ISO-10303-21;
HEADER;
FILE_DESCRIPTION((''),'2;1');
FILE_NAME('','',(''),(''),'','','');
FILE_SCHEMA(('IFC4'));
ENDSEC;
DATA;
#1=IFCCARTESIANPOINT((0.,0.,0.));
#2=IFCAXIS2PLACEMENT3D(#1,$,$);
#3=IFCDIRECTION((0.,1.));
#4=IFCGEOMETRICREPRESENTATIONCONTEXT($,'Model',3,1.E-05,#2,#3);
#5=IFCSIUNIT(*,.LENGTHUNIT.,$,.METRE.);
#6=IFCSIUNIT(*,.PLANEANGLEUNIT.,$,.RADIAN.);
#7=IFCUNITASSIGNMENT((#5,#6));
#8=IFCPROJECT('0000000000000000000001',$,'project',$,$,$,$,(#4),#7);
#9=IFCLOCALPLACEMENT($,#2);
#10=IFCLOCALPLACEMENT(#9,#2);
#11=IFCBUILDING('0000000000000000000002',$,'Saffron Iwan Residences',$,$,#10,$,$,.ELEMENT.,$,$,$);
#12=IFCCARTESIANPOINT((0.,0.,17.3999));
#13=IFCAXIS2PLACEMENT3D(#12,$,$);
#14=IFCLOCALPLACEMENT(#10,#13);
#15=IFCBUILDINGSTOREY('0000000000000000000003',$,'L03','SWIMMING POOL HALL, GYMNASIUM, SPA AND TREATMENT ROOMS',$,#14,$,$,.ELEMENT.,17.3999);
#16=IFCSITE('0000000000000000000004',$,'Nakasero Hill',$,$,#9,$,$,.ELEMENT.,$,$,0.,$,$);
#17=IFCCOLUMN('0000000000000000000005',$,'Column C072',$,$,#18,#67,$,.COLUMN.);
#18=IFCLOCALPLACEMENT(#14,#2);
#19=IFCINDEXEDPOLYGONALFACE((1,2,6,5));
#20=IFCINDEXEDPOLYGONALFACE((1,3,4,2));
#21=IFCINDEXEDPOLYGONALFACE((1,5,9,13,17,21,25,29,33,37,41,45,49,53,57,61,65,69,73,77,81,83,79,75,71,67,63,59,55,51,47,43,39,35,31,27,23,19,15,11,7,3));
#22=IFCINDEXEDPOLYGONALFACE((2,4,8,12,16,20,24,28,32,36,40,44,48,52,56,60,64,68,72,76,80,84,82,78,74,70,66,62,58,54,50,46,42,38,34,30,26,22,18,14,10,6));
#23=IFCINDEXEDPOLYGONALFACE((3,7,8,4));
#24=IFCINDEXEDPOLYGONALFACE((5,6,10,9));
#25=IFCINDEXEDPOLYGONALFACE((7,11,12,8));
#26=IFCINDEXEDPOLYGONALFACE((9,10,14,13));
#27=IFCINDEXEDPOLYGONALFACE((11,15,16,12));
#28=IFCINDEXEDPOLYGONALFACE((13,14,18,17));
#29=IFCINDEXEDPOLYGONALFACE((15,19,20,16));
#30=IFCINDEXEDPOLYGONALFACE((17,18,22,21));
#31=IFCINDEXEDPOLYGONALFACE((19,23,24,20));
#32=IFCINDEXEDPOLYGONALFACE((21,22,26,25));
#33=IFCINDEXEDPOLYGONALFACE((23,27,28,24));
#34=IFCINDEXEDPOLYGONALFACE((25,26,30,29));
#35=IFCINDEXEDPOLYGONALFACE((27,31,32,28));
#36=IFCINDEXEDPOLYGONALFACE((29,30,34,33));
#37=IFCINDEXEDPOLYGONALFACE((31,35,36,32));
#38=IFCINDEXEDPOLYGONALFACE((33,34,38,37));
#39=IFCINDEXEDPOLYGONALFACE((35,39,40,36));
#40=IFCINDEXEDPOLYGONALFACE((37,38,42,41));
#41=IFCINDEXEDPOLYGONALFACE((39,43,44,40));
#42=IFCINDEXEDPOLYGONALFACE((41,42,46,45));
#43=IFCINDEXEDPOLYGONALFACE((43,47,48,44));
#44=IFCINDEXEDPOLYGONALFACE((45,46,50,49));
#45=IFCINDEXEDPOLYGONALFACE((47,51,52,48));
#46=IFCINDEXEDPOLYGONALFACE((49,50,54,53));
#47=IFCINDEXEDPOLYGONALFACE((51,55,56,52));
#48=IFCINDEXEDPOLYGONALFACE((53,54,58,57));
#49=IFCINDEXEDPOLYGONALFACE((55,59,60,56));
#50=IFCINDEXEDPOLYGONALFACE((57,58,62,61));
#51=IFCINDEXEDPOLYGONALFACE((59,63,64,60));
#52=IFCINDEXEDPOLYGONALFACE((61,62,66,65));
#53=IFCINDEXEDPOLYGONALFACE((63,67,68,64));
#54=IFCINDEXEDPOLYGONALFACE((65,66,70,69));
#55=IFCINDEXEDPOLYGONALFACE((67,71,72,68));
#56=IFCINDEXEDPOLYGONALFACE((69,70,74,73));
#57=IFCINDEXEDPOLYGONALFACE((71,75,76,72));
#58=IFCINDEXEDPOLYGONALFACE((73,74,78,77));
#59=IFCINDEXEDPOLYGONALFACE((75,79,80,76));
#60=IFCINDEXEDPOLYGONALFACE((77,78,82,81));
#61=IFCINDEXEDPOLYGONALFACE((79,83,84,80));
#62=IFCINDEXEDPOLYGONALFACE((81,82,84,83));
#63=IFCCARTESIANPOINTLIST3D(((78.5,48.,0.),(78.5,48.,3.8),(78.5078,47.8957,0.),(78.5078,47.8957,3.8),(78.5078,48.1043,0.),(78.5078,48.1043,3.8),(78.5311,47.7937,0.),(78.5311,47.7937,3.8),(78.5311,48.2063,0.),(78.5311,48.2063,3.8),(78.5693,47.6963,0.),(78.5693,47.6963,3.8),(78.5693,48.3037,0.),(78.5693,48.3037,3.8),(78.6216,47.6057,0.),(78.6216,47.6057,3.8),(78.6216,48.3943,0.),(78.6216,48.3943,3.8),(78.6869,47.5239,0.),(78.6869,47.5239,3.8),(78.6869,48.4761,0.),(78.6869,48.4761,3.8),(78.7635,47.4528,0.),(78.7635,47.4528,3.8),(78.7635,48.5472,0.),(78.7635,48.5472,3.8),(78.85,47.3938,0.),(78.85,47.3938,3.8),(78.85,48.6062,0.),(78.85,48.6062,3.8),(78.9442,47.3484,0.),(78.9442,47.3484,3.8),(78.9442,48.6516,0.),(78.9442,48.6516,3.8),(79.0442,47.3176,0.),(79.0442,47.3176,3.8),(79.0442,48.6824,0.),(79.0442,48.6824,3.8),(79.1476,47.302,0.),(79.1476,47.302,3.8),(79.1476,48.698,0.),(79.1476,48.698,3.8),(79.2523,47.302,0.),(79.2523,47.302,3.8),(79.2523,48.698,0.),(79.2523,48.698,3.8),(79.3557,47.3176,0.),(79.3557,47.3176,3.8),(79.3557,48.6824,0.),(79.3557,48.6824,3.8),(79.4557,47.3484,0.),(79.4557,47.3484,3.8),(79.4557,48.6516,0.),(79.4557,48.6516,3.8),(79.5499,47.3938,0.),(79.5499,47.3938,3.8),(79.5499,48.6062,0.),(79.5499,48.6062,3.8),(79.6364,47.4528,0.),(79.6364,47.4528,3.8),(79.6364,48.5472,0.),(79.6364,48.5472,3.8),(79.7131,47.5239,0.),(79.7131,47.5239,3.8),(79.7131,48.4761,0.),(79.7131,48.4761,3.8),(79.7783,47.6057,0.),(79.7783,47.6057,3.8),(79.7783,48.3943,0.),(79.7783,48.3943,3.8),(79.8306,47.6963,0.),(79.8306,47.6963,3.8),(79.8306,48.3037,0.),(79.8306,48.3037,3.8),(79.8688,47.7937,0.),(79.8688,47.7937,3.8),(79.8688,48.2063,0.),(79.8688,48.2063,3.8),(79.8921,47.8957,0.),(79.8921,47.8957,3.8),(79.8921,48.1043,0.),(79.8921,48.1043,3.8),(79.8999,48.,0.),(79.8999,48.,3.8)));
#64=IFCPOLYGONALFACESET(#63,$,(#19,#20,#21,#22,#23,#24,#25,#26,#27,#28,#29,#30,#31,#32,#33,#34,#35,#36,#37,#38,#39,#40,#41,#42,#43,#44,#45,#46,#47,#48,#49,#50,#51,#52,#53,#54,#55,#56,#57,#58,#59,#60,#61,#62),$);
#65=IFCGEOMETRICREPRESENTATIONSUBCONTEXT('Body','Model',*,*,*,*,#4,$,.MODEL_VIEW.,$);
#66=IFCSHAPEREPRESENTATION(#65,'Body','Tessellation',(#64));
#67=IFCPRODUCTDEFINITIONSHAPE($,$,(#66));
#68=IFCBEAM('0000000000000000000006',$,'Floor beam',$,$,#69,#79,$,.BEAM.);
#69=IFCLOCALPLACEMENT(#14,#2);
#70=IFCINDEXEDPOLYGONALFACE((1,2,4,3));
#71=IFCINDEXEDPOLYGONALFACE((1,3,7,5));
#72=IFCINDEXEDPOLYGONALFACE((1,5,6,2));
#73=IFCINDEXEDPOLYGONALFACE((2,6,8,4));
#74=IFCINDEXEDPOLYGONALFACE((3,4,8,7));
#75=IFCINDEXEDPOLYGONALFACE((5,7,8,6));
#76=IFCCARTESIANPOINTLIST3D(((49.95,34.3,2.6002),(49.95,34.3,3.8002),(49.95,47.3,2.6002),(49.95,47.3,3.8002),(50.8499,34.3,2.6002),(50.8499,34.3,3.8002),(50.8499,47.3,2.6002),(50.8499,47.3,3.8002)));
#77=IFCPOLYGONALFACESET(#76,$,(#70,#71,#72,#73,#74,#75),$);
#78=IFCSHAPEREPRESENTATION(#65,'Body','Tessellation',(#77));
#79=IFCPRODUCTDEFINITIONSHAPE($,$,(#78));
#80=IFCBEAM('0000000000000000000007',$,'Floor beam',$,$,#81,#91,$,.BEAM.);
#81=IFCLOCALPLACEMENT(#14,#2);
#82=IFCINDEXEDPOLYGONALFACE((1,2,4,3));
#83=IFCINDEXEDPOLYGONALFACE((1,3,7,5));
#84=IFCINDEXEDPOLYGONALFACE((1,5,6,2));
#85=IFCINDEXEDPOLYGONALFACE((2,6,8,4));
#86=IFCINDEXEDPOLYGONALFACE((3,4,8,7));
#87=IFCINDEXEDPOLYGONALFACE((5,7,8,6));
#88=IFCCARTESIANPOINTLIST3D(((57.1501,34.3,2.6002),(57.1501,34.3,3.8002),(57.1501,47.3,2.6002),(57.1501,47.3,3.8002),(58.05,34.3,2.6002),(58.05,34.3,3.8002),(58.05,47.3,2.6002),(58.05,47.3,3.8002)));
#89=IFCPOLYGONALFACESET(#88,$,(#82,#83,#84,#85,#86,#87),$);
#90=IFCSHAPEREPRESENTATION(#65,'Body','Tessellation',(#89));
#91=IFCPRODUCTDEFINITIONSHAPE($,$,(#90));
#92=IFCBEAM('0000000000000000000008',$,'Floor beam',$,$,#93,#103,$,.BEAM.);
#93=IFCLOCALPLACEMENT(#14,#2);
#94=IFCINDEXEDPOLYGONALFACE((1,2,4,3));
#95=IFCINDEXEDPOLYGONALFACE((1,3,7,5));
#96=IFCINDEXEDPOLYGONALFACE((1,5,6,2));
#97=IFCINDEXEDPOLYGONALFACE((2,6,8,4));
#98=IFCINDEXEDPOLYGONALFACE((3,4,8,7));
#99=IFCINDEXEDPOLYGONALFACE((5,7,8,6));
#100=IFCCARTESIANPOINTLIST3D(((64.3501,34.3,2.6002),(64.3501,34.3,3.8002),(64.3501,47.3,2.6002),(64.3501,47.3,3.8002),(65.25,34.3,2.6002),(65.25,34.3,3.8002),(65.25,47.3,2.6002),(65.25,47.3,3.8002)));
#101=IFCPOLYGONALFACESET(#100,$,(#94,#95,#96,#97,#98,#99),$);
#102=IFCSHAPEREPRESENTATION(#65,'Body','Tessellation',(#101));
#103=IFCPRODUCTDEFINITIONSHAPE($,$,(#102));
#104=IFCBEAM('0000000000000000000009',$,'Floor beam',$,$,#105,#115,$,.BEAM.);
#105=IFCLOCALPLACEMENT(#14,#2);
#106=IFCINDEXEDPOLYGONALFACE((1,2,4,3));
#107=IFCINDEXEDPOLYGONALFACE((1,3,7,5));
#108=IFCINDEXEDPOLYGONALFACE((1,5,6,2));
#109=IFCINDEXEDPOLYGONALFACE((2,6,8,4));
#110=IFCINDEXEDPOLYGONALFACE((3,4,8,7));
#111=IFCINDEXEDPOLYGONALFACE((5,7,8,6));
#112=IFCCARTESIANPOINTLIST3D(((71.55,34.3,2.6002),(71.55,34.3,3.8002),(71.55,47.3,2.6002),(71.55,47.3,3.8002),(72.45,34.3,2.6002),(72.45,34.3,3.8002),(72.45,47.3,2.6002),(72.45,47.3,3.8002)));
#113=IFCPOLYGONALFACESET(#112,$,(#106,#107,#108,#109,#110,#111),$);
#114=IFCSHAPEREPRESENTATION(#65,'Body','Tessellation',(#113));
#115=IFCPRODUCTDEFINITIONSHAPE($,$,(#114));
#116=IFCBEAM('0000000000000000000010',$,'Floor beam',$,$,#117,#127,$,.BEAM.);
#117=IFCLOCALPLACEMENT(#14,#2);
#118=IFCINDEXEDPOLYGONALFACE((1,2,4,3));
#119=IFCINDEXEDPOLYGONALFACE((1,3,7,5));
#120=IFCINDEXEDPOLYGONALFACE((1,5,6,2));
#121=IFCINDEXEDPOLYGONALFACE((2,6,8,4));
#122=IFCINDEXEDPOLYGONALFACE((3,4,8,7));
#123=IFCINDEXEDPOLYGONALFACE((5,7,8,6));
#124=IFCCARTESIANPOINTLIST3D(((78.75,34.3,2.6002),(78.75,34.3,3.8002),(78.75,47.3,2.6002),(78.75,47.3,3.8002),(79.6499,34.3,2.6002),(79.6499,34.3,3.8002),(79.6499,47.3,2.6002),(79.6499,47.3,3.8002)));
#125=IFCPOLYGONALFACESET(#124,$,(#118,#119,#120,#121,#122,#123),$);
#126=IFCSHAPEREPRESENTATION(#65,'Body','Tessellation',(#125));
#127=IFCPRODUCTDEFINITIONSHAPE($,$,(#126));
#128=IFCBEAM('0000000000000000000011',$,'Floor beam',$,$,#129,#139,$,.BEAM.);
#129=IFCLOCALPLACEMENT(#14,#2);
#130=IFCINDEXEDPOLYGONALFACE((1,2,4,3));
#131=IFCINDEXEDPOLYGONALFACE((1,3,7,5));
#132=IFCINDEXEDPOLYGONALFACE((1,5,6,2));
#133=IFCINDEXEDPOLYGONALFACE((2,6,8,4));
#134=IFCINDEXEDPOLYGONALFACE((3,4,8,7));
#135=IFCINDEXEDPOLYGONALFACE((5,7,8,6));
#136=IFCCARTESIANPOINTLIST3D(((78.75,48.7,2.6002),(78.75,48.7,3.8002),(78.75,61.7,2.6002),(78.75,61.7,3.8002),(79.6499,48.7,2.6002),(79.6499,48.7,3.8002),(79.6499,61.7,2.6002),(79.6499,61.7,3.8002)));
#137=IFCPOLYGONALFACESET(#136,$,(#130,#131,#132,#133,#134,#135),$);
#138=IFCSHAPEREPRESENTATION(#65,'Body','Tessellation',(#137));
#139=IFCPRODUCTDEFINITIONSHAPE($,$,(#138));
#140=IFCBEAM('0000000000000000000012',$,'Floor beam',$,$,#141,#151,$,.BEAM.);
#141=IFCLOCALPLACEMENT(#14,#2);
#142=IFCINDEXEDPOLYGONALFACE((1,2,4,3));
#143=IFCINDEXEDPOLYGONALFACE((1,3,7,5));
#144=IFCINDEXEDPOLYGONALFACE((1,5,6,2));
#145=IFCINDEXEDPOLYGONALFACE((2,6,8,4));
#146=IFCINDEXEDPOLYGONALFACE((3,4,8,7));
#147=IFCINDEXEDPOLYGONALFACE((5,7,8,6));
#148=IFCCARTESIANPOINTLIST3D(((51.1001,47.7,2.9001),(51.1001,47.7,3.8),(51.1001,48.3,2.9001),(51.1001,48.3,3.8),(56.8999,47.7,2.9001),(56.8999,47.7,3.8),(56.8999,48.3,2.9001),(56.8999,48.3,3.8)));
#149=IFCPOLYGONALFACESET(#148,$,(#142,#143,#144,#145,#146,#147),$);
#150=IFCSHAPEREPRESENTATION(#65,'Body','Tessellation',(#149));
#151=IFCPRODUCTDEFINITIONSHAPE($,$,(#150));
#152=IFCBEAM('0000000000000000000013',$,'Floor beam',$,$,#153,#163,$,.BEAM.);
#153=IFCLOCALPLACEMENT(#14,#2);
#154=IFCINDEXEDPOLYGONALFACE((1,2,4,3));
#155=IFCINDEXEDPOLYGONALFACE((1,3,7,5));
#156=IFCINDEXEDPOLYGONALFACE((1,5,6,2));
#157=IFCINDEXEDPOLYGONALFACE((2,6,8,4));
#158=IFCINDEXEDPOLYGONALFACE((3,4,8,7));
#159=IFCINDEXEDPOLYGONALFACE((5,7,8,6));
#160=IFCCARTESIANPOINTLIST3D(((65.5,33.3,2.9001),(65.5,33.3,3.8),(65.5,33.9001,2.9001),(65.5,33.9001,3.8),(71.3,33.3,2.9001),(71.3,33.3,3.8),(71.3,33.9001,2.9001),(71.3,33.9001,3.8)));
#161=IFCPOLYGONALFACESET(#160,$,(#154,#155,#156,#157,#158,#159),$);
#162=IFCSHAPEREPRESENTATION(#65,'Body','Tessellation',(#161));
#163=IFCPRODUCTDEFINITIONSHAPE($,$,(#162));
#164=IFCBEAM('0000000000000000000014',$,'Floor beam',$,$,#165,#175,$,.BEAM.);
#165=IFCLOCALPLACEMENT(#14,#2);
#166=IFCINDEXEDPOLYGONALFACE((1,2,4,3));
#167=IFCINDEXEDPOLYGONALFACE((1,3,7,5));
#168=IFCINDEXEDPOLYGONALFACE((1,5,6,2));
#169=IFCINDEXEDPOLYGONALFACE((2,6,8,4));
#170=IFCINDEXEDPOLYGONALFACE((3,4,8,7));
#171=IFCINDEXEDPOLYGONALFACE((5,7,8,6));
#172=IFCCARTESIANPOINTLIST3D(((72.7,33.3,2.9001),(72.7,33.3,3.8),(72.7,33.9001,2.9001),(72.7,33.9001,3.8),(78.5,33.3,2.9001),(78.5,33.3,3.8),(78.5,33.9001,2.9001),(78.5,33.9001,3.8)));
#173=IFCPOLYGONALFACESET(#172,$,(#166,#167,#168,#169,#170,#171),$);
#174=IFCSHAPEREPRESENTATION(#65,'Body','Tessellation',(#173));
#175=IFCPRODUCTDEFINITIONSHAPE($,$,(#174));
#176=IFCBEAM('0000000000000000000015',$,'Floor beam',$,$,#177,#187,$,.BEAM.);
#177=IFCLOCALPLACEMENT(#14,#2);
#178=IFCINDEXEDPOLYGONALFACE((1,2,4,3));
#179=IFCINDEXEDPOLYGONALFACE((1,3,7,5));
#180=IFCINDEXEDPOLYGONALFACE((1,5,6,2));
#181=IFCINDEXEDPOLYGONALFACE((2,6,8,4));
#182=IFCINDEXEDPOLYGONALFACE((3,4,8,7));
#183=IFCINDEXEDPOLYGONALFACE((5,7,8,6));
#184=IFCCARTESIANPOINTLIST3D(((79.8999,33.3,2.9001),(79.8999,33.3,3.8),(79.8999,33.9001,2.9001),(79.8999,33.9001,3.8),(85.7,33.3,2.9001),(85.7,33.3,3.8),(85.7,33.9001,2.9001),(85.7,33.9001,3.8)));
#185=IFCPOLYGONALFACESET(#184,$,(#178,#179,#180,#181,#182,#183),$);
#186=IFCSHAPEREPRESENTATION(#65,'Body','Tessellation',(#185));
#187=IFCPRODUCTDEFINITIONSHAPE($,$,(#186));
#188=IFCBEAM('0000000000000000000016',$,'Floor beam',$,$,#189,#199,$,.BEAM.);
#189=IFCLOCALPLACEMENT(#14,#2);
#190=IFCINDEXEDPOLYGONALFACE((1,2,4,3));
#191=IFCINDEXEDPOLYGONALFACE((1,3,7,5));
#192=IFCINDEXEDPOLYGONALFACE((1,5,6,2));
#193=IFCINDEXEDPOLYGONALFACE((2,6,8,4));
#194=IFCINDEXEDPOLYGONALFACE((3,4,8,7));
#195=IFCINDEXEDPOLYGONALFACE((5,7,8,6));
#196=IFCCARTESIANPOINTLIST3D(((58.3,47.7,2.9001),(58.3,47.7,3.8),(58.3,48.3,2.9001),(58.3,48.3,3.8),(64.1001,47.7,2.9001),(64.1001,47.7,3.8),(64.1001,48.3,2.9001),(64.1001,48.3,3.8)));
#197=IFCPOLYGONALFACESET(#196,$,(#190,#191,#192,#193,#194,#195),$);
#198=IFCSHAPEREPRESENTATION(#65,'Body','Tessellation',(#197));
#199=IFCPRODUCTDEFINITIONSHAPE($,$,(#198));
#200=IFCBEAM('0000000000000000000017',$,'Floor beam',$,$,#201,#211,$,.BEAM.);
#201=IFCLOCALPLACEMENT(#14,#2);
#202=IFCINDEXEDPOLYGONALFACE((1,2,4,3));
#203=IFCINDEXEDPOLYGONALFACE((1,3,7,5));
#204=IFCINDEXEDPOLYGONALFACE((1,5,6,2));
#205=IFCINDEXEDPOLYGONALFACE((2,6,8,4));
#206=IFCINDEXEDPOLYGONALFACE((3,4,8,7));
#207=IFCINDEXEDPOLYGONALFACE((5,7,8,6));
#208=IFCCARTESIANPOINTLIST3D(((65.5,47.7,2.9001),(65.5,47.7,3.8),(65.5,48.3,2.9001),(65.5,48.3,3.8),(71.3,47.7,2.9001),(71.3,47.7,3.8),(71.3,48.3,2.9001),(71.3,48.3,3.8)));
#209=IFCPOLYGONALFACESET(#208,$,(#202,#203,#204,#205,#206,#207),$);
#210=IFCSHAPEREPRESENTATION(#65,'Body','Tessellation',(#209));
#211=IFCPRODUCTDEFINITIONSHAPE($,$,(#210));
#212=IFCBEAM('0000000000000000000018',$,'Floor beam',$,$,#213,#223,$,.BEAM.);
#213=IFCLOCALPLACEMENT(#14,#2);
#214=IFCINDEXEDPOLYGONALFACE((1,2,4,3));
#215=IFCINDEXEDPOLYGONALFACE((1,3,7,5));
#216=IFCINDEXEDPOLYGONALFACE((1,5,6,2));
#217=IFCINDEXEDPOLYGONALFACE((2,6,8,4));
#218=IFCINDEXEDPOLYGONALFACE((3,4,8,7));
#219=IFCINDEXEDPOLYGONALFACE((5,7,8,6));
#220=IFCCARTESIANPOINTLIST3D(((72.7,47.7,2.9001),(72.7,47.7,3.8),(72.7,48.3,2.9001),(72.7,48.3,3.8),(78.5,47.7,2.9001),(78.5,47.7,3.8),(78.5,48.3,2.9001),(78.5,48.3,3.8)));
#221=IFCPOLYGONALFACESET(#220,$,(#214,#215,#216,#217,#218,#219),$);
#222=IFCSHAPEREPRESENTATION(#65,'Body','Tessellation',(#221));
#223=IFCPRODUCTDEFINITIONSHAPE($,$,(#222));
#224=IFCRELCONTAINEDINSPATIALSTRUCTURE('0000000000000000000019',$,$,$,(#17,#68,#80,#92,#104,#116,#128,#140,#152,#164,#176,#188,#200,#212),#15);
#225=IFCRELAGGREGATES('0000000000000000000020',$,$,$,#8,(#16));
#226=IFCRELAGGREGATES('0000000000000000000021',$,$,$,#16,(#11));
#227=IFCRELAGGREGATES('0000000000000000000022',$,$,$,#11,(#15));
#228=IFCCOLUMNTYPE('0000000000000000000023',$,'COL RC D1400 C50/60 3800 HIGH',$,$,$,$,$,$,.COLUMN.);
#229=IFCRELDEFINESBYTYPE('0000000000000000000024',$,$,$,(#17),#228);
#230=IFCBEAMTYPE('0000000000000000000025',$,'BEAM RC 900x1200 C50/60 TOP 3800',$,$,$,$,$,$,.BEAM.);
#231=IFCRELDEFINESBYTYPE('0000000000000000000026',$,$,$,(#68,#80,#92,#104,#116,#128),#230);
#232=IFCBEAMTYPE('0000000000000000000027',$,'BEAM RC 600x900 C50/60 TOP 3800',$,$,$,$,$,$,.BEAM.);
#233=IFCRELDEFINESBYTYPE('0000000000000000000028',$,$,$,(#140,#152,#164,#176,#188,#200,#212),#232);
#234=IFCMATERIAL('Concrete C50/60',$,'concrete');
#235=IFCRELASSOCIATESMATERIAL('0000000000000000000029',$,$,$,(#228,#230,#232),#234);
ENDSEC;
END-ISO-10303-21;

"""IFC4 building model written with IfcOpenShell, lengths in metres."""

from ifc_helpers import new_model, si_unit, direction, frame, origin, origin_2d, place, context, subcontext, project, spatial, rectangle, circle, extrude, source, transform, mapped, material, material_profile, profile_set, type_object, element, save


model = new_model("IFC4")

# Units and contexts
model_context = context("Model", 3, precision=1e-05, world=origin(), true_north=direction((0.0, 1.0)))
body_context = subcontext(model_context, "Body", "Model", "MODEL_VIEW")
ifc_project = project(units=[si_unit("LENGTHUNIT", "METRE"), si_unit("PLANEANGLEUNIT", "RADIAN")], contexts=[model_context])

# Site, building, storey
site_placement = place(None, origin())
site = spatial("IfcSite", under=ifc_project, at=site_placement, Name="Nakasero Hill", CompositionType="ELEMENT", RefElevation=0.0)
building_placement = place(site_placement, origin())
building = spatial("IfcBuilding", under=site, at=building_placement, Name="Saffron Iwan Residences", CompositionType="ELEMENT")
storey_placement = place(building_placement, frame((0.0, 0.0, 17.3999)))
storey = spatial("IfcBuildingStorey", under=building, at=storey_placement, Name="L03", Description="SWIMMING POOL HALL, GYMNASIUM, SPA AND TREATMENT ROOMS", CompositionType="ELEMENT", Elevation=17.3999)

# Column
ifc_material_1 = material(Name="Concrete C50/60", Category="concrete")
ifc_material_profile_1 = material_profile(ifc_material_1, circle(Radius=0.7, at=origin_2d()), Name="RC D1400")
ifc_profile_set_1 = profile_set([ifc_material_profile_1], Name="Concrete C50/60")
column_type = type_object("IfcColumnType", Name="COL RC D1400 C50/60 3800 HIGH", PredefinedType="COLUMN", material=ifc_profile_set_1)
shared_shape_1 = source(origin(), body_context, "Body", "SweptSolid", [
    extrude(circle(Radius=0.7, at=origin_2d()), origin(), (0.0, 0.0, 1.0), 3.8),
])
for number, where, z_axis, x_axis, name in (
    (1, (79.2, 48.0, 0.0), (0.0, 0.0, 1.0), (1.0, 0.0, 0.0), "Column C072"),
):
    element("IfcColumn", number, at=place(storey_placement, frame(where, z_axis=z_axis, x_axis=x_axis)), inside=storey, type_object=column_type, Name=name, PredefinedType="COLUMN", context=body_context, shape_type="MappedRepresentation", body=[
        mapped(shared_shape_1, transform((0.0, 0.0, 0.0))),
    ])

# Beams
ifc_material_profile_2 = material_profile(ifc_material_1, rectangle(XDim=0.8999, YDim=1.2, at=origin_2d()), Name="RC 900x1200")
ifc_profile_set_2 = profile_set([ifc_material_profile_2], Name="Concrete C50/60")
beam_type_1 = type_object("IfcBeamType", Name="BEAM RC 900x1200 C50/60 TOP 3800", PredefinedType="BEAM", material=ifc_profile_set_2)
shared_shape_2 = source(origin(), body_context, "Body", "SweptSolid", [
    extrude(rectangle(XDim=0.8999, YDim=1.2, at=origin_2d()), origin(), (0.0, 0.0, 1.0), 13.0),
])
for number, where, z_axis, x_axis, name in (
    (2, (50.3999, 34.3, 3.2002), (0.0, 1.0, 0.0), (-1.0, 0.0, 0.0), "Floor beam"),
    (3, (57.6001, 34.3, 3.2002), (0.0, 1.0, 0.0), (-1.0, 0.0, 0.0), "Floor beam"),
    (4, (64.8, 34.3, 3.2002), (0.0, 1.0, 0.0), (-1.0, 0.0, 0.0), "Floor beam"),
    (5, (72.0, 34.3, 3.2002), (0.0, 1.0, 0.0), (-1.0, 0.0, 0.0), "Floor beam"),
    (6, (79.2, 34.3, 3.2002), (0.0, 1.0, 0.0), (-1.0, 0.0, 0.0), "Floor beam"),
    (7, (79.2, 48.7, 3.2002), (0.0, 1.0, 0.0), (-1.0, 0.0, 0.0), "Floor beam"),
):
    element("IfcBeam", number, at=place(storey_placement, frame(where, z_axis=z_axis, x_axis=x_axis)), inside=storey, type_object=beam_type_1, Name=name, PredefinedType="BEAM", context=body_context, shape_type="MappedRepresentation", body=[
        mapped(shared_shape_2, transform((0.0, 0.0, 0.0))),
    ])
ifc_material_profile_3 = material_profile(ifc_material_1, rectangle(XDim=0.6001, YDim=0.8999, at=origin_2d()), Name="RC 600x900")
ifc_profile_set_3 = profile_set([ifc_material_profile_3], Name="Concrete C50/60")
beam_type_2 = type_object("IfcBeamType", Name="BEAM RC 600x900 C50/60 TOP 3800", PredefinedType="BEAM", material=ifc_profile_set_3)
shared_shape_3 = source(origin(), body_context, "Body", "SweptSolid", [
    extrude(rectangle(XDim=0.6001, YDim=0.8999, at=origin_2d()), origin(), (0.0, 0.0, 1.0), 5.7998),
])
beam_placement = place(storey_placement, frame((51.1001, 48.0, 3.3501), z_axis=(1.0, 0.0, 0.0), x_axis=(0.0, 1.0, 0.0)))
element("IfcBeam", 8, at=beam_placement, inside=storey, type_object=beam_type_2, Name="Floor beam", PredefinedType="BEAM", context=body_context, shape_type="MappedRepresentation", body=[
    mapped(shared_shape_3, transform((0.0, 0.0, 0.0))),
])
shared_shape_4 = source(origin(), body_context, "Body", "SweptSolid", [
    extrude(rectangle(XDim=0.6001, YDim=0.8999, at=origin_2d()), origin(), (0.0, 0.0, 1.0), 5.8),
])
for number, where, z_axis, x_axis, name in (
    (9, (65.5, 33.6001, 3.3501), (1.0, 0.0, 0.0), (0.0, 1.0, 0.0), "Floor beam"),
    (10, (72.7, 33.6001, 3.3501), (1.0, 0.0, 0.0), (0.0, 1.0, 0.0), "Floor beam"),
    (11, (79.8999, 33.6001, 3.3501), (1.0, 0.0, 0.0), (0.0, 1.0, 0.0), "Floor beam"),
    (12, (58.3, 48.0, 3.3501), (1.0, 0.0, 0.0), (0.0, 1.0, 0.0), "Floor beam"),
    (13, (65.5, 48.0, 3.3501), (1.0, 0.0, 0.0), (0.0, 1.0, 0.0), "Floor beam"),
    (14, (72.7, 48.0, 3.3501), (1.0, 0.0, 0.0), (0.0, 1.0, 0.0), "Floor beam"),
):
    element("IfcBeam", number, at=place(storey_placement, frame(where, z_axis=z_axis, x_axis=x_axis)), inside=storey, type_object=beam_type_2, Name=name, PredefinedType="BEAM", context=body_context, shape_type="MappedRepresentation", body=[
        mapped(shared_shape_4, transform((0.0, 0.0, 0.0))),
    ])

save(model, "model.ifc")
